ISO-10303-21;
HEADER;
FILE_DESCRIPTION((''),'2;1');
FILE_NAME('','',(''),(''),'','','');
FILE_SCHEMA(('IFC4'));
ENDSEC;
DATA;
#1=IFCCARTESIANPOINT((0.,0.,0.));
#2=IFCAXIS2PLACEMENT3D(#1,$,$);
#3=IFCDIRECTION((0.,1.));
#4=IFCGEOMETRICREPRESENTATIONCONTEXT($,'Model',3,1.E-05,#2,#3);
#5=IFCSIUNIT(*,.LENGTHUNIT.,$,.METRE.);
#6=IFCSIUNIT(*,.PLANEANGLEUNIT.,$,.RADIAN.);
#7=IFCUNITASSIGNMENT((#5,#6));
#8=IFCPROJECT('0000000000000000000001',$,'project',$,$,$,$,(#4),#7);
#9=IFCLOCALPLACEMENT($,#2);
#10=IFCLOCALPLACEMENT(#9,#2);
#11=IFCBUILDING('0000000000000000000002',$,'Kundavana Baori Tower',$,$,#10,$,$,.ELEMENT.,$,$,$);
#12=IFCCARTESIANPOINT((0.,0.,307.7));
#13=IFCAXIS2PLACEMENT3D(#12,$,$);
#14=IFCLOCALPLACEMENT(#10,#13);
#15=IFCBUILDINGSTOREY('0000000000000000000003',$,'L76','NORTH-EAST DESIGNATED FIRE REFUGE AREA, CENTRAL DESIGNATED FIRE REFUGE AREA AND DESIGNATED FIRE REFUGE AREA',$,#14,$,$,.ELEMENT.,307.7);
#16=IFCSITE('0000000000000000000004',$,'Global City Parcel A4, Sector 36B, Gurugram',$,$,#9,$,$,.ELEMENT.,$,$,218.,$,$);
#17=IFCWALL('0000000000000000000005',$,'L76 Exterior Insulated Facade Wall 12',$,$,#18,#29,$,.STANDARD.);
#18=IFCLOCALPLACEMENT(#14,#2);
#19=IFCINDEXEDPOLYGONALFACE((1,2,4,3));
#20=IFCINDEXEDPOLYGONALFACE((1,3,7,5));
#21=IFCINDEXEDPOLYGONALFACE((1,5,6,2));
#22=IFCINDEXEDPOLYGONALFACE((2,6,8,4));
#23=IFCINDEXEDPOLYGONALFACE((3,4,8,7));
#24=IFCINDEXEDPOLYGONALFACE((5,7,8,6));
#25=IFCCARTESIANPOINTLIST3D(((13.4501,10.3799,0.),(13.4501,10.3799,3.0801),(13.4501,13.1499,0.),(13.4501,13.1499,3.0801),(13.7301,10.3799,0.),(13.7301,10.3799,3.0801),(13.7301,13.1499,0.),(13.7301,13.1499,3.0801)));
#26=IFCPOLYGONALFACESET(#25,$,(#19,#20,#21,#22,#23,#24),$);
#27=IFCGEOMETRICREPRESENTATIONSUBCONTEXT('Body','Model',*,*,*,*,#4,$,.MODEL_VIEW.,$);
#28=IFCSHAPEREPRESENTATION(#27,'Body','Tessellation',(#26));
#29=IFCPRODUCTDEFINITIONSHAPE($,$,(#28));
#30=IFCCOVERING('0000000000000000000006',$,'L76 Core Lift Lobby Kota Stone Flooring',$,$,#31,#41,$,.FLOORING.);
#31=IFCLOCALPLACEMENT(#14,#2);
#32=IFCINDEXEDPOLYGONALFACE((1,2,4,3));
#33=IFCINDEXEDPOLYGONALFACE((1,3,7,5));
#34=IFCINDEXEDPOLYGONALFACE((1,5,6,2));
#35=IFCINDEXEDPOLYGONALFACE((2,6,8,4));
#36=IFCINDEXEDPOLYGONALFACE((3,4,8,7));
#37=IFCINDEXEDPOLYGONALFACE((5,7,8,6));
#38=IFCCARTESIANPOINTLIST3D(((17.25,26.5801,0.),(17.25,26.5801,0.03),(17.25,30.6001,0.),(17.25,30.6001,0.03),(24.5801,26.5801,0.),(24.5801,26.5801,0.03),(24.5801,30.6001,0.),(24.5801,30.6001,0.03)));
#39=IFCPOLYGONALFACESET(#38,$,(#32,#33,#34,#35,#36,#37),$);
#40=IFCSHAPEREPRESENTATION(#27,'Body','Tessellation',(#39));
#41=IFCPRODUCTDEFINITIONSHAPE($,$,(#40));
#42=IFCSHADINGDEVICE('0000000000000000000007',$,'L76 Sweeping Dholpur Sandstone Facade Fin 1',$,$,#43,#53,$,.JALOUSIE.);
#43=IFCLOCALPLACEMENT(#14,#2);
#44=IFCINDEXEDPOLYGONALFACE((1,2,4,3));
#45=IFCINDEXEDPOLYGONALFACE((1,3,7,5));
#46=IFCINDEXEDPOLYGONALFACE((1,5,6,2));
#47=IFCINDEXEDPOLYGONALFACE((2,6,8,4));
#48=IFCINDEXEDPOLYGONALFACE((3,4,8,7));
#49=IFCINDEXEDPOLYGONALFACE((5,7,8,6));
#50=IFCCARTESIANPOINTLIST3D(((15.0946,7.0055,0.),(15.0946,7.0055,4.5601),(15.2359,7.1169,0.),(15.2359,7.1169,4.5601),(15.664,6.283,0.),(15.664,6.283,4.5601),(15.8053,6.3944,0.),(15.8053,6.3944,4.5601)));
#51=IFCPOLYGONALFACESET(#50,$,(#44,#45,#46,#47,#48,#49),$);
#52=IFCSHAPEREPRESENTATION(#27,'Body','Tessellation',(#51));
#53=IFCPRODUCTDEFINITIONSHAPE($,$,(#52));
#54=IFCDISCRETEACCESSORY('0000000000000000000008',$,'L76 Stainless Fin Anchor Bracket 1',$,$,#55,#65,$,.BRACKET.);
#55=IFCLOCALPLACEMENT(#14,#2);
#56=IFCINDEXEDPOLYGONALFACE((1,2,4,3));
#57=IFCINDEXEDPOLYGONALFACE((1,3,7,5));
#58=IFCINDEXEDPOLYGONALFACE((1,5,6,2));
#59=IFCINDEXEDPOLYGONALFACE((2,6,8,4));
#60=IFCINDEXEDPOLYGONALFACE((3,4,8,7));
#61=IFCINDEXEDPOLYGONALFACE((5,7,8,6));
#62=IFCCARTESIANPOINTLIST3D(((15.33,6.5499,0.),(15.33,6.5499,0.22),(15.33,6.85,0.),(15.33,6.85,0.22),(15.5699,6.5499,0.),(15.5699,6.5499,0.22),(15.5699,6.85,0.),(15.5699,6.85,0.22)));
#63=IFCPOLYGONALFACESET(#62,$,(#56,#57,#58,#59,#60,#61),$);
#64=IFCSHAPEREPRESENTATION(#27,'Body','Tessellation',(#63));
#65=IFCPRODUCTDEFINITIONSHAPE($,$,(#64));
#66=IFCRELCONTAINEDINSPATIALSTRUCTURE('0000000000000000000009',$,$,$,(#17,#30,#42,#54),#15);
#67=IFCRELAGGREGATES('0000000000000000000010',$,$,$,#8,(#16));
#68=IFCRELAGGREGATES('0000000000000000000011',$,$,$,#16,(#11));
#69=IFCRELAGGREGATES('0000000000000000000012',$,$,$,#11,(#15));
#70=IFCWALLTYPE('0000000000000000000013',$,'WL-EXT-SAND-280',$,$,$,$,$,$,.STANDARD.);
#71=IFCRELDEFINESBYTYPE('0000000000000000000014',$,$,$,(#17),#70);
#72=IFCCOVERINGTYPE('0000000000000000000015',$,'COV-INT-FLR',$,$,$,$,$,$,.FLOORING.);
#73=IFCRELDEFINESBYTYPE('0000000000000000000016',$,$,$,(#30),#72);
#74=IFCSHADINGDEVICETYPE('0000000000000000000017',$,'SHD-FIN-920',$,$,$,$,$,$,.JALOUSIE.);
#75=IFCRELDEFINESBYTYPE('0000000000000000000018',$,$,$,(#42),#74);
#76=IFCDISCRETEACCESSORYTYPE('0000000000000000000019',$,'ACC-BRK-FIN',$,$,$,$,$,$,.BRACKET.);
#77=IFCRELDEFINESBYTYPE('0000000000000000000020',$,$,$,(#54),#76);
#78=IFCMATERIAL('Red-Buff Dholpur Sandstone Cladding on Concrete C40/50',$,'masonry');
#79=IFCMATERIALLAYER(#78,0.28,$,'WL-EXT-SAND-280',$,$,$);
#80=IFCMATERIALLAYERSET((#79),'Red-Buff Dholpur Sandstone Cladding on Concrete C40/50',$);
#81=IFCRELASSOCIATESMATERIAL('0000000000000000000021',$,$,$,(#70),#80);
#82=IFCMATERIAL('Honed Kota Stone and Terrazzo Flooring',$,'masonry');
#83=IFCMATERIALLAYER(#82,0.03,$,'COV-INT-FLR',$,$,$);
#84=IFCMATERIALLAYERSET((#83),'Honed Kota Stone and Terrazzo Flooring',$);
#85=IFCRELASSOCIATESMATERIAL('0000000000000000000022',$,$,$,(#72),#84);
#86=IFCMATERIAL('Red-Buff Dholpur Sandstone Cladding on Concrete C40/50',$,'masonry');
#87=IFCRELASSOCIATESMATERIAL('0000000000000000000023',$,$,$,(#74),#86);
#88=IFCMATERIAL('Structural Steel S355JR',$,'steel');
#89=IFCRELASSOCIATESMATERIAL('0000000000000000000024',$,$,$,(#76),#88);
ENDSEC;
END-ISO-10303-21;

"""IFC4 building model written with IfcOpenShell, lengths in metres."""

from ifc_helpers import new_model, si_unit, direction, frame, frame_2d, origin, origin_2d, place, context, subcontext, project, spatial, polyline, rectangle, outline, extrude, material, layer, layer_set, type_object, element, save


model = new_model("IFC4")

# Units and contexts
model_context = context("Model", 3, precision=1e-05, world=origin(), true_north=direction((0.0, 1.0)))
body_context = subcontext(model_context, "Body", "Model", "MODEL_VIEW")
ifc_project = project(units=[si_unit("LENGTHUNIT", "METRE"), si_unit("PLANEANGLEUNIT", "RADIAN")], contexts=[model_context])

# Site, building, storey
site_placement = place(None, origin())
site = spatial("IfcSite", under=ifc_project, at=site_placement, Name="Global City Parcel A4, Sector 36B, Gurugram", CompositionType="ELEMENT", RefElevation=218.0)
building_placement = place(site_placement, origin())
building = spatial("IfcBuilding", under=site, at=building_placement, Name="Kundavana Baori Tower", CompositionType="ELEMENT")
storey_placement = place(building_placement, frame((0.0, 0.0, 307.7)))
storey = spatial("IfcBuildingStorey", under=building, at=storey_placement, Name="L76", Description="NORTH-EAST DESIGNATED FIRE REFUGE AREA, CENTRAL DESIGNATED FIRE REFUGE AREA AND DESIGNATED FIRE REFUGE AREA", CompositionType="ELEMENT", Elevation=307.7)

# Shared definitions
ifc_material_1 = material(Name="Red-Buff Dholpur Sandstone Cladding on Concrete C40/50", Category="masonry")
ifc_layer_1 = layer(ifc_material_1, 0.28, Name="WL-EXT-SAND-280")
ifc_layer_set_1 = layer_set([ifc_layer_1], Name="Red-Buff Dholpur Sandstone Cladding on Concrete C40/50")
wall_type = type_object("IfcWallType", Name="WL-EXT-SAND-280", PredefinedType="STANDARD", material=ifc_layer_set_1)

# Wall
wall_1_placement = place(storey_placement, frame((13.5901, 13.1499, 0.0), z_axis=(0.0, 0.0, 1.0), x_axis=(0.0, -1.0, 0.0)))
element("IfcWall", 1, at=wall_1_placement, inside=storey, type_object=wall_type, Name="L76 Exterior Insulated Facade Wall 12", PredefinedType="STANDARD", context=body_context, shape_type="SweptSolid", body=[
    extrude(rectangle(XDim=2.77, YDim=0.28, at=frame_2d((1.385, 0.0))), origin(), (0.0, 0.0, 1.0), 3.0801),
])

# Covering
ifc_material_2 = material(Name="Honed Kota Stone and Terrazzo Flooring", Category="masonry")
ifc_layer_2 = layer(ifc_material_2, 0.03, Name="COV-INT-FLR")
ifc_layer_set_2 = layer_set([ifc_layer_2], Name="Honed Kota Stone and Terrazzo Flooring")
covering_type = type_object("IfcCoveringType", Name="COV-INT-FLR", PredefinedType="FLOORING", material=ifc_layer_set_2)
covering_placement = place(storey_placement, origin())
element("IfcCovering", 2, at=covering_placement, inside=storey, type_object=covering_type, Name="L76 Core Lift Lobby Kota Stone Flooring", PredefinedType="FLOORING", context=body_context, shape_type="SweptSolid", body=[
    extrude(outline(polyline([(17.25, 26.5801), (24.5801, 26.5801), (24.5801, 30.6001), (17.25, 30.6001), (17.25, 26.5801)])), origin(), (0.0, 0.0, 1.0), 0.03),
])

# Shading device
ifc_material_3 = material(Name="Red-Buff Dholpur Sandstone Cladding on Concrete C40/50", Category="masonry")
shading_device_type = type_object("IfcShadingDeviceType", Name="SHD-FIN-920", PredefinedType="JALOUSIE", material=ifc_material_3)
shading_device_placement = place(storey_placement, frame((15.45, 6.7, 0.0), z_axis=(0.0, 0.0, 1.0), x_axis=(0.785425, 0.618957, 0.0)))
element("IfcShadingDevice", 3, at=shading_device_placement, inside=storey, type_object=shading_device_type, Name="L76 Sweeping Dholpur Sandstone Facade Fin 1", PredefinedType="JALOUSIE", context=body_context, shape_type="SweptSolid", body=[
    extrude(rectangle(XDim=0.1799, YDim=0.9199, at=origin_2d()), origin(), (0.0, 0.0, 1.0), 4.5601),
])

# Discrete accessory
ifc_material_4 = material(Name="Structural Steel S355JR", Category="steel")
discrete_accessory_type = type_object("IfcDiscreteAccessoryType", Name="ACC-BRK-FIN", PredefinedType="BRACKET", material=ifc_material_4)
discrete_accessory_placement = place(storey_placement, frame((15.45, 6.7, 0.0), z_axis=(0.0, 0.0, 1.0), x_axis=(1.0, 0.0, 0.0)))
element("IfcDiscreteAccessory", 4, at=discrete_accessory_placement, inside=storey, type_object=discrete_accessory_type, Name="L76 Stainless Fin Anchor Bracket 1", PredefinedType="BRACKET", context=body_context, shape_type="SweptSolid", body=[
    extrude(rectangle(XDim=0.24, YDim=0.3, at=origin_2d()), origin(), (0.0, 0.0, 1.0), 0.22),
])

save(model, "model.ifc")
